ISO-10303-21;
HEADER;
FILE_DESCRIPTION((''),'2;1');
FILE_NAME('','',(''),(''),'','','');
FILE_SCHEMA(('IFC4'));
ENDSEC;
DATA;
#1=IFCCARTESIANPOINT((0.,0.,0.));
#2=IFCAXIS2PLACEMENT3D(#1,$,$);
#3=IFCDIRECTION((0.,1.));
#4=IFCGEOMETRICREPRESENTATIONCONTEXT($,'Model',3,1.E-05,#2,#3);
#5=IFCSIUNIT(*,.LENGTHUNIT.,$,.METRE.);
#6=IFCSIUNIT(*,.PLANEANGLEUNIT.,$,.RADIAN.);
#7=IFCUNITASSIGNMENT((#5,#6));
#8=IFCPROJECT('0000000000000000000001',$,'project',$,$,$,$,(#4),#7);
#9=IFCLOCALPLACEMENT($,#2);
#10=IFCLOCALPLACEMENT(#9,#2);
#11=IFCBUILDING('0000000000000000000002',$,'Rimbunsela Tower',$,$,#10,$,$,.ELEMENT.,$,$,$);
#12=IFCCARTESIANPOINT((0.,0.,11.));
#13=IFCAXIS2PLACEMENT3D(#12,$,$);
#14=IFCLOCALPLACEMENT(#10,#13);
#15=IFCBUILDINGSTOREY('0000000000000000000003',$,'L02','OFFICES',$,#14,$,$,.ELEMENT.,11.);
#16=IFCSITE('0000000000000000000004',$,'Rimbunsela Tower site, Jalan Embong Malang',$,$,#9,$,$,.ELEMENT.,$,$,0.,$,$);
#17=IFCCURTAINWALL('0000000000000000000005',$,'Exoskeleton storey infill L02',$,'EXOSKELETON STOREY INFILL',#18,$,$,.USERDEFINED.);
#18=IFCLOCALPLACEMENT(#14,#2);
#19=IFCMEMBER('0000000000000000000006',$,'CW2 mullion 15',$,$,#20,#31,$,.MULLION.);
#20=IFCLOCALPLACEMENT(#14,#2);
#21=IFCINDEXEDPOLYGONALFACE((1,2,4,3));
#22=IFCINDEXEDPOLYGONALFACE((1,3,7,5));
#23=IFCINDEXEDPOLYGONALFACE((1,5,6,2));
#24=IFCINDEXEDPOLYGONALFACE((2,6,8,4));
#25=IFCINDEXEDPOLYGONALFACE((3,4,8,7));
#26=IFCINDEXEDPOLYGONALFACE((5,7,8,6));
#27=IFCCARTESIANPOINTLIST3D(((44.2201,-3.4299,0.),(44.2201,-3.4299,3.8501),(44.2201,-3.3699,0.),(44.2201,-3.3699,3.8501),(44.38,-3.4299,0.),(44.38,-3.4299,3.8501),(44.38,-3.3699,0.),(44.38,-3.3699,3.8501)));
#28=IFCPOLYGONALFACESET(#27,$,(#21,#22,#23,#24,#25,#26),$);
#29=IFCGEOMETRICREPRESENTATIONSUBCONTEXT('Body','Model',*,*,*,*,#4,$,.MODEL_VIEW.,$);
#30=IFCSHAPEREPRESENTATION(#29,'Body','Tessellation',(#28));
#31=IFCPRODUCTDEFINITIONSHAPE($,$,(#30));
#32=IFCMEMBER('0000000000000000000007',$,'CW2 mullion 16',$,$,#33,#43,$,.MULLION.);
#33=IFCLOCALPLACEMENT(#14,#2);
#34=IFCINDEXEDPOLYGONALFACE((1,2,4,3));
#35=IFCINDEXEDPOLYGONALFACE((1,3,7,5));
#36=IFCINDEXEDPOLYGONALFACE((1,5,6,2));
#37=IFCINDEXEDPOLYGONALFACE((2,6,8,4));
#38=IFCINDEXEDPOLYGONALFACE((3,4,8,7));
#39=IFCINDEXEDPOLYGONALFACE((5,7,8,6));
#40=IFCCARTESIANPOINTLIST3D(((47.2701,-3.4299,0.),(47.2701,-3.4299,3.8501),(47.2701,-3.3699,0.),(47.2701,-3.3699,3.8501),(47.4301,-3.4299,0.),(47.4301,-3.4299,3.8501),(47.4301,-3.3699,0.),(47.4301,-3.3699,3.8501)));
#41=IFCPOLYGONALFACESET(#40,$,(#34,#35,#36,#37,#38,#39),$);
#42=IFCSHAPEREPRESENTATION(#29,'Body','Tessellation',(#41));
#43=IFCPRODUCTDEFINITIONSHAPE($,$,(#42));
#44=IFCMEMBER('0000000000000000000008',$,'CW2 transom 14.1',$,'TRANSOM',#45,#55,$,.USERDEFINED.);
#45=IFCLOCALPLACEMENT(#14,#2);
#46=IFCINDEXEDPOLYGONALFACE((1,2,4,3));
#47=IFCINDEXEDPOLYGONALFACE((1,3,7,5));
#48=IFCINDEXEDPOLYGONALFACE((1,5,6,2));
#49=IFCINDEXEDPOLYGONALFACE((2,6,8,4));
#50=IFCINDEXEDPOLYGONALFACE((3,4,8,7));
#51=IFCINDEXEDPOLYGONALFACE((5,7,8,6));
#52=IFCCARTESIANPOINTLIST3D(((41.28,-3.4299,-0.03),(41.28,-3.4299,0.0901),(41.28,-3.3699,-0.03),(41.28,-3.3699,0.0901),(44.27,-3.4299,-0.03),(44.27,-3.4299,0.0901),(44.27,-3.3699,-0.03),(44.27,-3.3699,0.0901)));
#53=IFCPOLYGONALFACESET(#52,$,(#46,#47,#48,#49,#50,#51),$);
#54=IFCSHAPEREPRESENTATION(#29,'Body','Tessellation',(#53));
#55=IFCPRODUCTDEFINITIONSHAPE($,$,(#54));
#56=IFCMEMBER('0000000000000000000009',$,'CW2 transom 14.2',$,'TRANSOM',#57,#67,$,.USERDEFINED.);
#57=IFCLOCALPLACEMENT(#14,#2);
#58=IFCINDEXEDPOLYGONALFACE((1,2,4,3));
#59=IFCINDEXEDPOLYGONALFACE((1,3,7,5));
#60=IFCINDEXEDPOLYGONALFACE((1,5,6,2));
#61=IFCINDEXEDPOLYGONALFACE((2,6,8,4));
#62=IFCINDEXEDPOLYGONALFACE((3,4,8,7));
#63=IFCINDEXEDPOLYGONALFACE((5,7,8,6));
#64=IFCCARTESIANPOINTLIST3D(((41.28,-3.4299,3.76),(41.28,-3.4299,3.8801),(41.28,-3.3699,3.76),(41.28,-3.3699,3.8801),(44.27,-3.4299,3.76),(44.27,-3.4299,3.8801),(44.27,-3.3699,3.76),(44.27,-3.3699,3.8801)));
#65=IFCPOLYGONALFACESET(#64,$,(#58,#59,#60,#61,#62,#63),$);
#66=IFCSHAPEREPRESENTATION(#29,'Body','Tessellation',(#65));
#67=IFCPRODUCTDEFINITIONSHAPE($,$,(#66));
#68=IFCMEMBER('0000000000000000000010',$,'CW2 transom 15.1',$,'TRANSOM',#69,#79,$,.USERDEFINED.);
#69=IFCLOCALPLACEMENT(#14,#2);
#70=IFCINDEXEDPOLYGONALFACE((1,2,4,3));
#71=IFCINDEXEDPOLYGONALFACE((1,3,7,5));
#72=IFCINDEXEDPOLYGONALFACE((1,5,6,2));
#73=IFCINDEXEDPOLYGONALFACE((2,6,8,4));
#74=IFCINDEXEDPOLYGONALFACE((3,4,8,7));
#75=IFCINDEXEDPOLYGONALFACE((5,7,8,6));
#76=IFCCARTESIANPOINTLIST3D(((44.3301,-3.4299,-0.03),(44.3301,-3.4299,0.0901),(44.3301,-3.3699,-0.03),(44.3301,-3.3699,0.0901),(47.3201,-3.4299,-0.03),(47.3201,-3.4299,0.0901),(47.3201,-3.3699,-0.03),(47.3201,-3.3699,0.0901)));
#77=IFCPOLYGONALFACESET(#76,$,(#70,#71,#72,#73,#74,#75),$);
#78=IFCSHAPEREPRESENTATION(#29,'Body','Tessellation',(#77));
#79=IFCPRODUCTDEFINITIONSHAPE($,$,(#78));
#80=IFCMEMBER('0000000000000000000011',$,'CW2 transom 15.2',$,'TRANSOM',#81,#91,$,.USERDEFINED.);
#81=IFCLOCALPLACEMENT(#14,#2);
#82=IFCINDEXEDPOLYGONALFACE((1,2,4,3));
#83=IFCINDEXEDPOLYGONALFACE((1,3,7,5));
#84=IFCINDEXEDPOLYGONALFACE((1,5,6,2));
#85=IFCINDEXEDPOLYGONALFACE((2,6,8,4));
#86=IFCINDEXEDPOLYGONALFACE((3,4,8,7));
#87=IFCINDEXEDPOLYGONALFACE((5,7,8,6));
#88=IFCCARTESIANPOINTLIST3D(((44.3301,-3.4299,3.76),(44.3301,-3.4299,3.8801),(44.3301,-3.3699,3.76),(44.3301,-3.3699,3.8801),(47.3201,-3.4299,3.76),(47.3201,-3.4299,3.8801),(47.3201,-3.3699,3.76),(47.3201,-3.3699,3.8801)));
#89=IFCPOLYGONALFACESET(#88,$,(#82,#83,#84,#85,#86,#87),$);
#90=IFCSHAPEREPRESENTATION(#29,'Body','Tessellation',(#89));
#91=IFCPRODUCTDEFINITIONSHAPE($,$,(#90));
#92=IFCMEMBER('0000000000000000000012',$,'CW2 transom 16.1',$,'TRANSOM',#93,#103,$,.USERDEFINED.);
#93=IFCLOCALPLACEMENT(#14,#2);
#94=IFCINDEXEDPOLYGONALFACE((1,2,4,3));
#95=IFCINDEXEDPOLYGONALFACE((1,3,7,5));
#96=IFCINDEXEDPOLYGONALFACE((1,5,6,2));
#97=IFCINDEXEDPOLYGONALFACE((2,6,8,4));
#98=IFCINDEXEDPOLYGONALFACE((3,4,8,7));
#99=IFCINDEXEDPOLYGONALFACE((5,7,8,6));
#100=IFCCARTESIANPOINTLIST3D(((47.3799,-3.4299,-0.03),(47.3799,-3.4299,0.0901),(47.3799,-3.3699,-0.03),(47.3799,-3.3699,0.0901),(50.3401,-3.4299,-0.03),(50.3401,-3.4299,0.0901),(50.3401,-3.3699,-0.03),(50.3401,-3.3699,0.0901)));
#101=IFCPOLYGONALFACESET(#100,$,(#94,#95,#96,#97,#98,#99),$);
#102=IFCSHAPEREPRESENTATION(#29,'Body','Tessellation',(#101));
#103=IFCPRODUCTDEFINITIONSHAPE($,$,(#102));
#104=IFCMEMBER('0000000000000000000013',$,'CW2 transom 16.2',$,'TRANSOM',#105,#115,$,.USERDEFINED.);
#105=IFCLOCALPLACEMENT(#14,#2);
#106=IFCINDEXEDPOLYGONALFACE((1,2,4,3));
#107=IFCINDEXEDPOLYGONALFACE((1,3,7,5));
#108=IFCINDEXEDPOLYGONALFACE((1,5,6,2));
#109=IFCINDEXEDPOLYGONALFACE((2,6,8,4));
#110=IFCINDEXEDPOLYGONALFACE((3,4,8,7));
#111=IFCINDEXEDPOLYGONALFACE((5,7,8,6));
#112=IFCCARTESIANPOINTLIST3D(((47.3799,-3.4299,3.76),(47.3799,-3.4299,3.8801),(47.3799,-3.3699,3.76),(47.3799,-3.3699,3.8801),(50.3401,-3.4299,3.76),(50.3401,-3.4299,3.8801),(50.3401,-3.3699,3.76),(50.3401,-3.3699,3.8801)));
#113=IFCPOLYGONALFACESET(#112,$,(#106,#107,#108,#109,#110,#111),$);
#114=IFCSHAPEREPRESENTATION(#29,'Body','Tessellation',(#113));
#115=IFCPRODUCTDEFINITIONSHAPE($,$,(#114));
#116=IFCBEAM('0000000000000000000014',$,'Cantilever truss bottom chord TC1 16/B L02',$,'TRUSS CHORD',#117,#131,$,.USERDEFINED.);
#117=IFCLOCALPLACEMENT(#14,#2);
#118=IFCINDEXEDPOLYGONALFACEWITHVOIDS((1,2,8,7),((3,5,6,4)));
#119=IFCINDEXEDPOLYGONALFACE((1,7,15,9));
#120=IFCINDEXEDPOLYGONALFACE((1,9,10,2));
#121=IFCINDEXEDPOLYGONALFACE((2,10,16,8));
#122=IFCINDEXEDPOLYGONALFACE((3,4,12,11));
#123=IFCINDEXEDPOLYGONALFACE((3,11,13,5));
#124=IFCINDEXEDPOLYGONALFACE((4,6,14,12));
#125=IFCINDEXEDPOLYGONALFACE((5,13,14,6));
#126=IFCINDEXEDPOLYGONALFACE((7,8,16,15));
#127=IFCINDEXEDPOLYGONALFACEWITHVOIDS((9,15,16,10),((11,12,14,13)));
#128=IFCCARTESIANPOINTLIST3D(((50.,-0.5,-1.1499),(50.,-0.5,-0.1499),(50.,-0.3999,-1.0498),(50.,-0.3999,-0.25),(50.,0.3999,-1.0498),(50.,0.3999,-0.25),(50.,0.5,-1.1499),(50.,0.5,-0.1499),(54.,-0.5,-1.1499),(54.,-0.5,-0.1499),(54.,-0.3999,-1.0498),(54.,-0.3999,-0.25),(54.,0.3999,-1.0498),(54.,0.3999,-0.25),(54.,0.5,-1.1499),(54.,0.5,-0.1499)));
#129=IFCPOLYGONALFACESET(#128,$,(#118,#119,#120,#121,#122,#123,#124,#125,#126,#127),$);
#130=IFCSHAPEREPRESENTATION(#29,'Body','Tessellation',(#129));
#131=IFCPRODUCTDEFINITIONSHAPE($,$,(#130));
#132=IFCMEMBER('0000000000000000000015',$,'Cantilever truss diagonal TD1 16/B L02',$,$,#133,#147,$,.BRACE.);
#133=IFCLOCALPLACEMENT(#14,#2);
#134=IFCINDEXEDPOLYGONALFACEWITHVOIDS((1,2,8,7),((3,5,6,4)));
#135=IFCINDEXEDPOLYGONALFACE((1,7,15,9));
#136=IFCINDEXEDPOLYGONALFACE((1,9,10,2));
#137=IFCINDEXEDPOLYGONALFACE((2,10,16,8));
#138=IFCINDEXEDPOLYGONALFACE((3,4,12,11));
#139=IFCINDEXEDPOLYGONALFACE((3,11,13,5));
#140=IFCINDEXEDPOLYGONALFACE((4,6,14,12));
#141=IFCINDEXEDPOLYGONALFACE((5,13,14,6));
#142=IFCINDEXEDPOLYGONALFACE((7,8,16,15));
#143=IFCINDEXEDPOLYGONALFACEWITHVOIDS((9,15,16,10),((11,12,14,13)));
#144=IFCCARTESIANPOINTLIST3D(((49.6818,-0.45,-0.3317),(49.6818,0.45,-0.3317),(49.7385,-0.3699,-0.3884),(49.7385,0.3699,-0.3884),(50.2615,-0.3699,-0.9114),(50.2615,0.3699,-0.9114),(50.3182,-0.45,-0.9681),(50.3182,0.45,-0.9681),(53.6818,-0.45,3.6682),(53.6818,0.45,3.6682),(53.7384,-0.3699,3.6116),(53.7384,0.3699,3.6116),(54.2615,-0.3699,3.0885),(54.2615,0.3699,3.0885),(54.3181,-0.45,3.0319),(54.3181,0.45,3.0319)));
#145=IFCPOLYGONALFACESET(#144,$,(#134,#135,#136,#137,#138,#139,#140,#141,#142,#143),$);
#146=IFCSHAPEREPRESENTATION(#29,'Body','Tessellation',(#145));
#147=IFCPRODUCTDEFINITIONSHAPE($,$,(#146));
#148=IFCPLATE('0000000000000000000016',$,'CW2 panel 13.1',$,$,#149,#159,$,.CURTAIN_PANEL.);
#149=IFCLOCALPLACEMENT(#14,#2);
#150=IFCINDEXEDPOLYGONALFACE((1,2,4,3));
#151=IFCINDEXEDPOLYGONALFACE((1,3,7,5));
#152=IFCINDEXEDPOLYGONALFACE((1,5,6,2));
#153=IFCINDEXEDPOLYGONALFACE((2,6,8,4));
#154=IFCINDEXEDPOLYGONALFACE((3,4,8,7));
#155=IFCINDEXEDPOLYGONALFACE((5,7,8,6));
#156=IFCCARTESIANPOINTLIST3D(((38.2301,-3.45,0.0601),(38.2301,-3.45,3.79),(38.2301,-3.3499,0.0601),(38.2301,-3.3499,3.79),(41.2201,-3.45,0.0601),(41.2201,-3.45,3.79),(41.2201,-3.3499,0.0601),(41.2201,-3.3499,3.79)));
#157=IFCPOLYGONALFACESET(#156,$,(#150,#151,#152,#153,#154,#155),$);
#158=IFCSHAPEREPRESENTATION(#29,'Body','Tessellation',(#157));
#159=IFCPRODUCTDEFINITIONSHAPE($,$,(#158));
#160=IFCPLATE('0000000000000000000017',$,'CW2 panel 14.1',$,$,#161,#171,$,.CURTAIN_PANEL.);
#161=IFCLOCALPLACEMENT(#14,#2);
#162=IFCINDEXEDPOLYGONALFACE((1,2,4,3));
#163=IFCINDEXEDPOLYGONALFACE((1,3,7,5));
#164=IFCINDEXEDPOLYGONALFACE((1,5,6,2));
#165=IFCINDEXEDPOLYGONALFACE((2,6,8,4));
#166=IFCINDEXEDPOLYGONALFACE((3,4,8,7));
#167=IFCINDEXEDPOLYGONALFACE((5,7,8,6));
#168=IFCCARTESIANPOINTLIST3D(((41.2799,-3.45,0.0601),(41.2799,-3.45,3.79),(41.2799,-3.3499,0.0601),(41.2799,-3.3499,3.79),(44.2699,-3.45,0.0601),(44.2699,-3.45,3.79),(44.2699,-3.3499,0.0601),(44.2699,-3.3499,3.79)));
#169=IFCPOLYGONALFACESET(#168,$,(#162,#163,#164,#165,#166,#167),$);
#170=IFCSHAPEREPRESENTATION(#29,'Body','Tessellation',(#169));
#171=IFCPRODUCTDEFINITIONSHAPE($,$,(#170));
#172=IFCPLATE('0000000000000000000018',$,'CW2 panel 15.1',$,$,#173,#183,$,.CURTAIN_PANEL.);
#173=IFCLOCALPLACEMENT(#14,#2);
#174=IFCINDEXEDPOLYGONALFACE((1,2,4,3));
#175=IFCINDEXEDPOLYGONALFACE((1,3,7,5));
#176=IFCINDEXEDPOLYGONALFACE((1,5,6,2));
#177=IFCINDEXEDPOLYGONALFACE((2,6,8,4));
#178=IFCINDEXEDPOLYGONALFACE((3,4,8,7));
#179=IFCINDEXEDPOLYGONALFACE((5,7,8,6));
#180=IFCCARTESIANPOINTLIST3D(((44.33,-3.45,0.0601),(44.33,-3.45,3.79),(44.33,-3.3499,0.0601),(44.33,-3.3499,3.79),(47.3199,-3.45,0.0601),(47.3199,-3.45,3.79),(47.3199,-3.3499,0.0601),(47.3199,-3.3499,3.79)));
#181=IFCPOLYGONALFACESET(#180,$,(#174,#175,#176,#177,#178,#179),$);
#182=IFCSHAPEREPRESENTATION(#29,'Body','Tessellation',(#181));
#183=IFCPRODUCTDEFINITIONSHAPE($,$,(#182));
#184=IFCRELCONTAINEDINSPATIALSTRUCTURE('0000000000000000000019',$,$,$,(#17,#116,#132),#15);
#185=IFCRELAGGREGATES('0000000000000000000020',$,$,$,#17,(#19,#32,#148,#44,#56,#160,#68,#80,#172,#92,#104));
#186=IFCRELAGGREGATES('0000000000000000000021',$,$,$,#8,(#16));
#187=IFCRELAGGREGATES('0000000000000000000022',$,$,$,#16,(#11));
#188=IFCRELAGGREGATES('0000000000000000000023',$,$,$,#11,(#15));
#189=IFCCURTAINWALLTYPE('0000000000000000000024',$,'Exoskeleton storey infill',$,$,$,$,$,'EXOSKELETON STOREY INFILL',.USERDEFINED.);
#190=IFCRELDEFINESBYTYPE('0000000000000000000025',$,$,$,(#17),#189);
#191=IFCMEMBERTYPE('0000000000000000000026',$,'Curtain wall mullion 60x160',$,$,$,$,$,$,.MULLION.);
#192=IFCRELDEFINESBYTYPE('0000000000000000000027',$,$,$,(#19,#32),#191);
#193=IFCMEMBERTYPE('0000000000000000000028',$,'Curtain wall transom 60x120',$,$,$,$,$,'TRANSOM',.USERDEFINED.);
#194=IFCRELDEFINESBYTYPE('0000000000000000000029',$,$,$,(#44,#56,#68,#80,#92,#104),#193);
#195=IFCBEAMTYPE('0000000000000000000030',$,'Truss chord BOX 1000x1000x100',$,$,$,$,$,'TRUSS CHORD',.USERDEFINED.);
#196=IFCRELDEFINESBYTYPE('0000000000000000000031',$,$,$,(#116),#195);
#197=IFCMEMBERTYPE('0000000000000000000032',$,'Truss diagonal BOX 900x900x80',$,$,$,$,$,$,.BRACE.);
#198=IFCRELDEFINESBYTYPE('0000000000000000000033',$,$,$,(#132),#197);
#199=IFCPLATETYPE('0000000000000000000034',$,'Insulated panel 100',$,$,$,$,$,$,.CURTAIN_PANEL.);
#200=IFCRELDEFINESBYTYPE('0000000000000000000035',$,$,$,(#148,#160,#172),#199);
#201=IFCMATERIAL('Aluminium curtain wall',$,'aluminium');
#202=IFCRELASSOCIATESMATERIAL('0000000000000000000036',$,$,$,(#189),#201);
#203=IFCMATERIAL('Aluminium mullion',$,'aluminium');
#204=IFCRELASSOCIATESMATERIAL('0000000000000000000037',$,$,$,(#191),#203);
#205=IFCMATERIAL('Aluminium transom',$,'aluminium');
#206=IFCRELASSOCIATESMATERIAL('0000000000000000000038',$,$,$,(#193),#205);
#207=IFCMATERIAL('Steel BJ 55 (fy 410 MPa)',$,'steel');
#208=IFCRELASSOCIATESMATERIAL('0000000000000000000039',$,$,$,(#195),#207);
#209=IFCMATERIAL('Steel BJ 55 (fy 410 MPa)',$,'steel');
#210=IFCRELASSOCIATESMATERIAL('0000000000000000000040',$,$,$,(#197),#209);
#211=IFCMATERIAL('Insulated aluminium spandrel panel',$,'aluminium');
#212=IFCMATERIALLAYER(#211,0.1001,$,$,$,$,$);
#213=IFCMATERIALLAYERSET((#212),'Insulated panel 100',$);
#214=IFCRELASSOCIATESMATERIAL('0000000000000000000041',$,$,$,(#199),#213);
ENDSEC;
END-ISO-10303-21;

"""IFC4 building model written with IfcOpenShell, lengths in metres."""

from ifc_helpers import new_model, si_unit, direction, frame, origin, origin_2d, place, context, subcontext, project, spatial, rectangle, hollow_rectangle, extrude, material, layer, layer_set, material_profile, profile_set, type_object, element, aggregate, save


model = new_model("IFC4")

# Units and contexts
model_context = context("Model", 3, precision=1e-05, world=origin(), true_north=direction((0.0, 1.0)))
body_context = subcontext(model_context, "Body", "Model", "MODEL_VIEW")
ifc_project = project(units=[si_unit("LENGTHUNIT", "METRE"), si_unit("PLANEANGLEUNIT", "RADIAN")], contexts=[model_context])

# Site, building, storey
site_placement = place(None, origin())
site = spatial("IfcSite", under=ifc_project, at=site_placement, Name="Rimbunsela Tower site, Jalan Embong Malang", CompositionType="ELEMENT", RefElevation=0.0)
building_placement = place(site_placement, origin())
building = spatial("IfcBuilding", under=site, at=building_placement, Name="Rimbunsela Tower", CompositionType="ELEMENT")
storey_placement = place(building_placement, frame((0.0, 0.0, 11.0)))
storey = spatial("IfcBuildingStorey", under=building, at=storey_placement, Name="L02", Description="OFFICES", CompositionType="ELEMENT", Elevation=11.0)

# Curtain wall, members
ifc_material_1 = material(Name="Aluminium curtain wall", Category="aluminium")
curtain_wall_type = type_object("IfcCurtainWallType", Name="Exoskeleton storey infill", ElementType="EXOSKELETON STOREY INFILL", PredefinedType="USERDEFINED", material=ifc_material_1)
curtain_wall_placement = place(storey_placement, origin())
curtain_wall = element("IfcCurtainWall", 1, at=curtain_wall_placement, inside=storey, type_object=curtain_wall_type, Name="Exoskeleton storey infill L02", ObjectType="EXOSKELETON STOREY INFILL", PredefinedType="USERDEFINED")
ifc_material_2 = material(Name="Aluminium mullion", Category="aluminium")
ifc_material_profile_1 = material_profile(ifc_material_2, rectangle(XDim=0.0601, YDim=0.1599, at=origin_2d()), Name="Mullion 60x160")
ifc_profile_set_1 = profile_set([ifc_material_profile_1], Name="Aluminium mullion")
member_type_1 = type_object("IfcMemberType", Name="Curtain wall mullion 60x160", PredefinedType="MULLION", material=ifc_profile_set_1)
member_1_placement = place(storey_placement, frame((44.3, -3.3999, 0.0), z_axis=(0.0, 0.0, 1.0), x_axis=(0.0, 1.0, 0.0)))
member_1 = element("IfcMember", 2, at=member_1_placement, type_object=member_type_1, Name="CW2 mullion 15", PredefinedType="MULLION", context=body_context, shape_type="SweptSolid", body=[
    extrude(rectangle(XDim=0.0601, YDim=0.1599, at=origin_2d()), origin(), (0.0, 0.0, 1.0), 3.8501),
])
member_2_placement = place(storey_placement, frame((47.3501, -3.3999, 0.0), z_axis=(0.0, 0.0, 1.0), x_axis=(0.0, 1.0, 0.0)))
member_2 = element("IfcMember", 3, at=member_2_placement, type_object=member_type_1, Name="CW2 mullion 16", PredefinedType="MULLION", context=body_context, shape_type="SweptSolid", body=[
    extrude(rectangle(XDim=0.0601, YDim=0.1599, at=origin_2d()), origin(), (0.0, 0.0, 1.0), 3.8501),
])
ifc_material_3 = material(Name="Aluminium transom", Category="aluminium")
ifc_material_profile_2 = material_profile(ifc_material_3, rectangle(XDim=0.0601, YDim=0.1201, at=origin_2d()), Name="Transom 60x120")
ifc_profile_set_2 = profile_set([ifc_material_profile_2], Name="Aluminium transom")
member_type_2 = type_object("IfcMemberType", Name="Curtain wall transom 60x120", ElementType="TRANSOM", PredefinedType="USERDEFINED", material=ifc_profile_set_2)
member_3_placement = place(storey_placement, frame((41.28, -3.3999, 0.03), z_axis=(1.0, 0.0, 0.0), x_axis=(0.0, 1.0, 0.0)))
member_3 = element("IfcMember", 4, at=member_3_placement, type_object=member_type_2, Name="CW2 transom 14.1", ObjectType="TRANSOM", PredefinedType="USERDEFINED", context=body_context, shape_type="SweptSolid", body=[
    extrude(rectangle(XDim=0.0601, YDim=0.1201, at=origin_2d()), origin(), (0.0, 0.0, 1.0), 2.99),
])
member_4_placement = place(storey_placement, frame((41.28, -3.3999, 3.8201), z_axis=(1.0, 0.0, 0.0), x_axis=(0.0, 1.0, 0.0)))
member_4 = element("IfcMember", 5, at=member_4_placement, type_object=member_type_2, Name="CW2 transom 14.2", ObjectType="TRANSOM", PredefinedType="USERDEFINED", context=body_context, shape_type="SweptSolid", body=[
    extrude(rectangle(XDim=0.0601, YDim=0.1201, at=origin_2d()), origin(), (0.0, 0.0, 1.0), 2.99),
])
member_5_placement = place(storey_placement, frame((44.3301, -3.3999, 0.03), z_axis=(1.0, 0.0, 0.0), x_axis=(0.0, 1.0, 0.0)))
member_5 = element("IfcMember", 6, at=member_5_placement, type_object=member_type_2, Name="CW2 transom 15.1", ObjectType="TRANSOM", PredefinedType="USERDEFINED", context=body_context, shape_type="SweptSolid", body=[
    extrude(rectangle(XDim=0.0601, YDim=0.1201, at=origin_2d()), origin(), (0.0, 0.0, 1.0), 2.99),
])
member_6_placement = place(storey_placement, frame((44.3301, -3.3999, 3.8201), z_axis=(1.0, 0.0, 0.0), x_axis=(0.0, 1.0, 0.0)))
member_6 = element("IfcMember", 7, at=member_6_placement, type_object=member_type_2, Name="CW2 transom 15.2", ObjectType="TRANSOM", PredefinedType="USERDEFINED", context=body_context, shape_type="SweptSolid", body=[
    extrude(rectangle(XDim=0.0601, YDim=0.1201, at=origin_2d()), origin(), (0.0, 0.0, 1.0), 2.99),
])
member_7_placement = place(storey_placement, frame((47.3799, -3.3999, 0.03), z_axis=(1.0, 0.0, 0.0), x_axis=(0.0, 1.0, 0.0)))
member_7 = element("IfcMember", 8, at=member_7_placement, type_object=member_type_2, Name="CW2 transom 16.1", ObjectType="TRANSOM", PredefinedType="USERDEFINED", context=body_context, shape_type="SweptSolid", body=[
    extrude(rectangle(XDim=0.0601, YDim=0.1201, at=origin_2d()), origin(), (0.0, 0.0, 1.0), 2.9602),
])
member_8_placement = place(storey_placement, frame((47.3799, -3.3999, 3.8201), z_axis=(1.0, 0.0, 0.0), x_axis=(0.0, 1.0, 0.0)))
member_8 = element("IfcMember", 9, at=member_8_placement, type_object=member_type_2, Name="CW2 transom 16.2", ObjectType="TRANSOM", PredefinedType="USERDEFINED", context=body_context, shape_type="SweptSolid", body=[
    extrude(rectangle(XDim=0.0601, YDim=0.1201, at=origin_2d()), origin(), (0.0, 0.0, 1.0), 2.9602),
])

# Beam
ifc_material_4 = material(Name="Steel BJ 55 (fy 410 MPa)", Category="steel")
ifc_material_profile_3 = material_profile(ifc_material_4, hollow_rectangle(XDim=1.0, YDim=1.0, WallThickness=0.1001, at=origin_2d()), Name="BOX 1000x1000x100")
ifc_profile_set_3 = profile_set([ifc_material_profile_3], Name="Steel BJ 55 (fy 410 MPa)")
beam_type_1 = type_object("IfcBeamType", Name="Truss chord BOX 1000x1000x100", ElementType="TRUSS CHORD", PredefinedType="USERDEFINED", material=ifc_profile_set_3)
beam_1_placement = place(storey_placement, frame((50.0, 0.0, -0.6499), z_axis=(1.0, 0.0, 0.0), x_axis=(0.0, 1.0, 0.0)))
element("IfcBeam", 10, at=beam_1_placement, inside=storey, type_object=beam_type_1, Name="Cantilever truss bottom chord TC1 16/B L02", ObjectType="TRUSS CHORD", PredefinedType="USERDEFINED", context=body_context, shape_type="SweptSolid", body=[
    extrude(hollow_rectangle(XDim=1.0, YDim=1.0, WallThickness=0.1001, at=origin_2d()), origin(), (0.0, 0.0, 1.0), 4.0),
])

# Member
ifc_material_5 = material(Name="Steel BJ 55 (fy 410 MPa)", Category="steel")
ifc_material_profile_4 = material_profile(ifc_material_5, hollow_rectangle(XDim=0.8999, YDim=0.8999, WallThickness=0.0801, at=origin_2d()), Name="BOX 900x900x80")
ifc_profile_set_4 = profile_set([ifc_material_profile_4], Name="Steel BJ 55 (fy 410 MPa)")
member_type_3 = type_object("IfcMemberType", Name="Truss diagonal BOX 900x900x80", PredefinedType="BRACE", material=ifc_profile_set_4)
member_9_placement = place(storey_placement, frame((50.0, 0.0, -0.6499), z_axis=(0.707107, 0.0, 0.707107), x_axis=(0.0, 1.0, 0.0)))
element("IfcMember", 11, at=member_9_placement, inside=storey, type_object=member_type_3, Name="Cantilever truss diagonal TD1 16/B L02", PredefinedType="BRACE", context=body_context, shape_type="SweptSolid", body=[
    extrude(hollow_rectangle(XDim=0.8999, YDim=0.8999, WallThickness=0.0801, at=origin_2d()), origin(), (0.0, 0.0, 1.0), 5.6567),
])

# Plates
ifc_material_6 = material(Name="Insulated aluminium spandrel panel", Category="aluminium")
ifc_layer_1 = layer(ifc_material_6, 0.1001)
ifc_layer_set_1 = layer_set([ifc_layer_1], Name="Insulated panel 100")
plate_type = type_object("IfcPlateType", Name="Insulated panel 100", PredefinedType="CURTAIN_PANEL", material=ifc_layer_set_1)
plate_1_placement = place(storey_placement, frame((39.7251, -3.3999, 0.0601), z_axis=(0.0, 0.0, 1.0), x_axis=(1.0, 0.0, 0.0)))
plate_1 = element("IfcPlate", 12, at=plate_1_placement, type_object=plate_type, Name="CW2 panel 13.1", PredefinedType="CURTAIN_PANEL", context=body_context, shape_type="SweptSolid", body=[
    extrude(rectangle(XDim=2.99, YDim=0.1001, at=origin_2d()), origin(), (0.0, 0.0, 1.0), 3.73),
])
plate_2_placement = place(storey_placement, frame((42.7749, -3.3999, 0.0601), z_axis=(0.0, 0.0, 1.0), x_axis=(1.0, 0.0, 0.0)))
plate_2 = element("IfcPlate", 13, at=plate_2_placement, type_object=plate_type, Name="CW2 panel 14.1", PredefinedType="CURTAIN_PANEL", context=body_context, shape_type="SweptSolid", body=[
    extrude(rectangle(XDim=2.99, YDim=0.1001, at=origin_2d()), origin(), (0.0, 0.0, 1.0), 3.73),
])
plate_3_placement = place(storey_placement, frame((45.825, -3.3999, 0.0601), z_axis=(0.0, 0.0, 1.0), x_axis=(1.0, 0.0, 0.0)))
plate_3 = element("IfcPlate", 14, at=plate_3_placement, type_object=plate_type, Name="CW2 panel 15.1", PredefinedType="CURTAIN_PANEL", context=body_context, shape_type="SweptSolid", body=[
    extrude(rectangle(XDim=2.99, YDim=0.1001, at=origin_2d()), origin(), (0.0, 0.0, 1.0), 3.73),
])
aggregate(curtain_wall, [member_1, member_2, plate_1, member_3, member_4, plate_2, member_5, member_6, plate_3, member_7, member_8])

save(model, "model.ifc")
